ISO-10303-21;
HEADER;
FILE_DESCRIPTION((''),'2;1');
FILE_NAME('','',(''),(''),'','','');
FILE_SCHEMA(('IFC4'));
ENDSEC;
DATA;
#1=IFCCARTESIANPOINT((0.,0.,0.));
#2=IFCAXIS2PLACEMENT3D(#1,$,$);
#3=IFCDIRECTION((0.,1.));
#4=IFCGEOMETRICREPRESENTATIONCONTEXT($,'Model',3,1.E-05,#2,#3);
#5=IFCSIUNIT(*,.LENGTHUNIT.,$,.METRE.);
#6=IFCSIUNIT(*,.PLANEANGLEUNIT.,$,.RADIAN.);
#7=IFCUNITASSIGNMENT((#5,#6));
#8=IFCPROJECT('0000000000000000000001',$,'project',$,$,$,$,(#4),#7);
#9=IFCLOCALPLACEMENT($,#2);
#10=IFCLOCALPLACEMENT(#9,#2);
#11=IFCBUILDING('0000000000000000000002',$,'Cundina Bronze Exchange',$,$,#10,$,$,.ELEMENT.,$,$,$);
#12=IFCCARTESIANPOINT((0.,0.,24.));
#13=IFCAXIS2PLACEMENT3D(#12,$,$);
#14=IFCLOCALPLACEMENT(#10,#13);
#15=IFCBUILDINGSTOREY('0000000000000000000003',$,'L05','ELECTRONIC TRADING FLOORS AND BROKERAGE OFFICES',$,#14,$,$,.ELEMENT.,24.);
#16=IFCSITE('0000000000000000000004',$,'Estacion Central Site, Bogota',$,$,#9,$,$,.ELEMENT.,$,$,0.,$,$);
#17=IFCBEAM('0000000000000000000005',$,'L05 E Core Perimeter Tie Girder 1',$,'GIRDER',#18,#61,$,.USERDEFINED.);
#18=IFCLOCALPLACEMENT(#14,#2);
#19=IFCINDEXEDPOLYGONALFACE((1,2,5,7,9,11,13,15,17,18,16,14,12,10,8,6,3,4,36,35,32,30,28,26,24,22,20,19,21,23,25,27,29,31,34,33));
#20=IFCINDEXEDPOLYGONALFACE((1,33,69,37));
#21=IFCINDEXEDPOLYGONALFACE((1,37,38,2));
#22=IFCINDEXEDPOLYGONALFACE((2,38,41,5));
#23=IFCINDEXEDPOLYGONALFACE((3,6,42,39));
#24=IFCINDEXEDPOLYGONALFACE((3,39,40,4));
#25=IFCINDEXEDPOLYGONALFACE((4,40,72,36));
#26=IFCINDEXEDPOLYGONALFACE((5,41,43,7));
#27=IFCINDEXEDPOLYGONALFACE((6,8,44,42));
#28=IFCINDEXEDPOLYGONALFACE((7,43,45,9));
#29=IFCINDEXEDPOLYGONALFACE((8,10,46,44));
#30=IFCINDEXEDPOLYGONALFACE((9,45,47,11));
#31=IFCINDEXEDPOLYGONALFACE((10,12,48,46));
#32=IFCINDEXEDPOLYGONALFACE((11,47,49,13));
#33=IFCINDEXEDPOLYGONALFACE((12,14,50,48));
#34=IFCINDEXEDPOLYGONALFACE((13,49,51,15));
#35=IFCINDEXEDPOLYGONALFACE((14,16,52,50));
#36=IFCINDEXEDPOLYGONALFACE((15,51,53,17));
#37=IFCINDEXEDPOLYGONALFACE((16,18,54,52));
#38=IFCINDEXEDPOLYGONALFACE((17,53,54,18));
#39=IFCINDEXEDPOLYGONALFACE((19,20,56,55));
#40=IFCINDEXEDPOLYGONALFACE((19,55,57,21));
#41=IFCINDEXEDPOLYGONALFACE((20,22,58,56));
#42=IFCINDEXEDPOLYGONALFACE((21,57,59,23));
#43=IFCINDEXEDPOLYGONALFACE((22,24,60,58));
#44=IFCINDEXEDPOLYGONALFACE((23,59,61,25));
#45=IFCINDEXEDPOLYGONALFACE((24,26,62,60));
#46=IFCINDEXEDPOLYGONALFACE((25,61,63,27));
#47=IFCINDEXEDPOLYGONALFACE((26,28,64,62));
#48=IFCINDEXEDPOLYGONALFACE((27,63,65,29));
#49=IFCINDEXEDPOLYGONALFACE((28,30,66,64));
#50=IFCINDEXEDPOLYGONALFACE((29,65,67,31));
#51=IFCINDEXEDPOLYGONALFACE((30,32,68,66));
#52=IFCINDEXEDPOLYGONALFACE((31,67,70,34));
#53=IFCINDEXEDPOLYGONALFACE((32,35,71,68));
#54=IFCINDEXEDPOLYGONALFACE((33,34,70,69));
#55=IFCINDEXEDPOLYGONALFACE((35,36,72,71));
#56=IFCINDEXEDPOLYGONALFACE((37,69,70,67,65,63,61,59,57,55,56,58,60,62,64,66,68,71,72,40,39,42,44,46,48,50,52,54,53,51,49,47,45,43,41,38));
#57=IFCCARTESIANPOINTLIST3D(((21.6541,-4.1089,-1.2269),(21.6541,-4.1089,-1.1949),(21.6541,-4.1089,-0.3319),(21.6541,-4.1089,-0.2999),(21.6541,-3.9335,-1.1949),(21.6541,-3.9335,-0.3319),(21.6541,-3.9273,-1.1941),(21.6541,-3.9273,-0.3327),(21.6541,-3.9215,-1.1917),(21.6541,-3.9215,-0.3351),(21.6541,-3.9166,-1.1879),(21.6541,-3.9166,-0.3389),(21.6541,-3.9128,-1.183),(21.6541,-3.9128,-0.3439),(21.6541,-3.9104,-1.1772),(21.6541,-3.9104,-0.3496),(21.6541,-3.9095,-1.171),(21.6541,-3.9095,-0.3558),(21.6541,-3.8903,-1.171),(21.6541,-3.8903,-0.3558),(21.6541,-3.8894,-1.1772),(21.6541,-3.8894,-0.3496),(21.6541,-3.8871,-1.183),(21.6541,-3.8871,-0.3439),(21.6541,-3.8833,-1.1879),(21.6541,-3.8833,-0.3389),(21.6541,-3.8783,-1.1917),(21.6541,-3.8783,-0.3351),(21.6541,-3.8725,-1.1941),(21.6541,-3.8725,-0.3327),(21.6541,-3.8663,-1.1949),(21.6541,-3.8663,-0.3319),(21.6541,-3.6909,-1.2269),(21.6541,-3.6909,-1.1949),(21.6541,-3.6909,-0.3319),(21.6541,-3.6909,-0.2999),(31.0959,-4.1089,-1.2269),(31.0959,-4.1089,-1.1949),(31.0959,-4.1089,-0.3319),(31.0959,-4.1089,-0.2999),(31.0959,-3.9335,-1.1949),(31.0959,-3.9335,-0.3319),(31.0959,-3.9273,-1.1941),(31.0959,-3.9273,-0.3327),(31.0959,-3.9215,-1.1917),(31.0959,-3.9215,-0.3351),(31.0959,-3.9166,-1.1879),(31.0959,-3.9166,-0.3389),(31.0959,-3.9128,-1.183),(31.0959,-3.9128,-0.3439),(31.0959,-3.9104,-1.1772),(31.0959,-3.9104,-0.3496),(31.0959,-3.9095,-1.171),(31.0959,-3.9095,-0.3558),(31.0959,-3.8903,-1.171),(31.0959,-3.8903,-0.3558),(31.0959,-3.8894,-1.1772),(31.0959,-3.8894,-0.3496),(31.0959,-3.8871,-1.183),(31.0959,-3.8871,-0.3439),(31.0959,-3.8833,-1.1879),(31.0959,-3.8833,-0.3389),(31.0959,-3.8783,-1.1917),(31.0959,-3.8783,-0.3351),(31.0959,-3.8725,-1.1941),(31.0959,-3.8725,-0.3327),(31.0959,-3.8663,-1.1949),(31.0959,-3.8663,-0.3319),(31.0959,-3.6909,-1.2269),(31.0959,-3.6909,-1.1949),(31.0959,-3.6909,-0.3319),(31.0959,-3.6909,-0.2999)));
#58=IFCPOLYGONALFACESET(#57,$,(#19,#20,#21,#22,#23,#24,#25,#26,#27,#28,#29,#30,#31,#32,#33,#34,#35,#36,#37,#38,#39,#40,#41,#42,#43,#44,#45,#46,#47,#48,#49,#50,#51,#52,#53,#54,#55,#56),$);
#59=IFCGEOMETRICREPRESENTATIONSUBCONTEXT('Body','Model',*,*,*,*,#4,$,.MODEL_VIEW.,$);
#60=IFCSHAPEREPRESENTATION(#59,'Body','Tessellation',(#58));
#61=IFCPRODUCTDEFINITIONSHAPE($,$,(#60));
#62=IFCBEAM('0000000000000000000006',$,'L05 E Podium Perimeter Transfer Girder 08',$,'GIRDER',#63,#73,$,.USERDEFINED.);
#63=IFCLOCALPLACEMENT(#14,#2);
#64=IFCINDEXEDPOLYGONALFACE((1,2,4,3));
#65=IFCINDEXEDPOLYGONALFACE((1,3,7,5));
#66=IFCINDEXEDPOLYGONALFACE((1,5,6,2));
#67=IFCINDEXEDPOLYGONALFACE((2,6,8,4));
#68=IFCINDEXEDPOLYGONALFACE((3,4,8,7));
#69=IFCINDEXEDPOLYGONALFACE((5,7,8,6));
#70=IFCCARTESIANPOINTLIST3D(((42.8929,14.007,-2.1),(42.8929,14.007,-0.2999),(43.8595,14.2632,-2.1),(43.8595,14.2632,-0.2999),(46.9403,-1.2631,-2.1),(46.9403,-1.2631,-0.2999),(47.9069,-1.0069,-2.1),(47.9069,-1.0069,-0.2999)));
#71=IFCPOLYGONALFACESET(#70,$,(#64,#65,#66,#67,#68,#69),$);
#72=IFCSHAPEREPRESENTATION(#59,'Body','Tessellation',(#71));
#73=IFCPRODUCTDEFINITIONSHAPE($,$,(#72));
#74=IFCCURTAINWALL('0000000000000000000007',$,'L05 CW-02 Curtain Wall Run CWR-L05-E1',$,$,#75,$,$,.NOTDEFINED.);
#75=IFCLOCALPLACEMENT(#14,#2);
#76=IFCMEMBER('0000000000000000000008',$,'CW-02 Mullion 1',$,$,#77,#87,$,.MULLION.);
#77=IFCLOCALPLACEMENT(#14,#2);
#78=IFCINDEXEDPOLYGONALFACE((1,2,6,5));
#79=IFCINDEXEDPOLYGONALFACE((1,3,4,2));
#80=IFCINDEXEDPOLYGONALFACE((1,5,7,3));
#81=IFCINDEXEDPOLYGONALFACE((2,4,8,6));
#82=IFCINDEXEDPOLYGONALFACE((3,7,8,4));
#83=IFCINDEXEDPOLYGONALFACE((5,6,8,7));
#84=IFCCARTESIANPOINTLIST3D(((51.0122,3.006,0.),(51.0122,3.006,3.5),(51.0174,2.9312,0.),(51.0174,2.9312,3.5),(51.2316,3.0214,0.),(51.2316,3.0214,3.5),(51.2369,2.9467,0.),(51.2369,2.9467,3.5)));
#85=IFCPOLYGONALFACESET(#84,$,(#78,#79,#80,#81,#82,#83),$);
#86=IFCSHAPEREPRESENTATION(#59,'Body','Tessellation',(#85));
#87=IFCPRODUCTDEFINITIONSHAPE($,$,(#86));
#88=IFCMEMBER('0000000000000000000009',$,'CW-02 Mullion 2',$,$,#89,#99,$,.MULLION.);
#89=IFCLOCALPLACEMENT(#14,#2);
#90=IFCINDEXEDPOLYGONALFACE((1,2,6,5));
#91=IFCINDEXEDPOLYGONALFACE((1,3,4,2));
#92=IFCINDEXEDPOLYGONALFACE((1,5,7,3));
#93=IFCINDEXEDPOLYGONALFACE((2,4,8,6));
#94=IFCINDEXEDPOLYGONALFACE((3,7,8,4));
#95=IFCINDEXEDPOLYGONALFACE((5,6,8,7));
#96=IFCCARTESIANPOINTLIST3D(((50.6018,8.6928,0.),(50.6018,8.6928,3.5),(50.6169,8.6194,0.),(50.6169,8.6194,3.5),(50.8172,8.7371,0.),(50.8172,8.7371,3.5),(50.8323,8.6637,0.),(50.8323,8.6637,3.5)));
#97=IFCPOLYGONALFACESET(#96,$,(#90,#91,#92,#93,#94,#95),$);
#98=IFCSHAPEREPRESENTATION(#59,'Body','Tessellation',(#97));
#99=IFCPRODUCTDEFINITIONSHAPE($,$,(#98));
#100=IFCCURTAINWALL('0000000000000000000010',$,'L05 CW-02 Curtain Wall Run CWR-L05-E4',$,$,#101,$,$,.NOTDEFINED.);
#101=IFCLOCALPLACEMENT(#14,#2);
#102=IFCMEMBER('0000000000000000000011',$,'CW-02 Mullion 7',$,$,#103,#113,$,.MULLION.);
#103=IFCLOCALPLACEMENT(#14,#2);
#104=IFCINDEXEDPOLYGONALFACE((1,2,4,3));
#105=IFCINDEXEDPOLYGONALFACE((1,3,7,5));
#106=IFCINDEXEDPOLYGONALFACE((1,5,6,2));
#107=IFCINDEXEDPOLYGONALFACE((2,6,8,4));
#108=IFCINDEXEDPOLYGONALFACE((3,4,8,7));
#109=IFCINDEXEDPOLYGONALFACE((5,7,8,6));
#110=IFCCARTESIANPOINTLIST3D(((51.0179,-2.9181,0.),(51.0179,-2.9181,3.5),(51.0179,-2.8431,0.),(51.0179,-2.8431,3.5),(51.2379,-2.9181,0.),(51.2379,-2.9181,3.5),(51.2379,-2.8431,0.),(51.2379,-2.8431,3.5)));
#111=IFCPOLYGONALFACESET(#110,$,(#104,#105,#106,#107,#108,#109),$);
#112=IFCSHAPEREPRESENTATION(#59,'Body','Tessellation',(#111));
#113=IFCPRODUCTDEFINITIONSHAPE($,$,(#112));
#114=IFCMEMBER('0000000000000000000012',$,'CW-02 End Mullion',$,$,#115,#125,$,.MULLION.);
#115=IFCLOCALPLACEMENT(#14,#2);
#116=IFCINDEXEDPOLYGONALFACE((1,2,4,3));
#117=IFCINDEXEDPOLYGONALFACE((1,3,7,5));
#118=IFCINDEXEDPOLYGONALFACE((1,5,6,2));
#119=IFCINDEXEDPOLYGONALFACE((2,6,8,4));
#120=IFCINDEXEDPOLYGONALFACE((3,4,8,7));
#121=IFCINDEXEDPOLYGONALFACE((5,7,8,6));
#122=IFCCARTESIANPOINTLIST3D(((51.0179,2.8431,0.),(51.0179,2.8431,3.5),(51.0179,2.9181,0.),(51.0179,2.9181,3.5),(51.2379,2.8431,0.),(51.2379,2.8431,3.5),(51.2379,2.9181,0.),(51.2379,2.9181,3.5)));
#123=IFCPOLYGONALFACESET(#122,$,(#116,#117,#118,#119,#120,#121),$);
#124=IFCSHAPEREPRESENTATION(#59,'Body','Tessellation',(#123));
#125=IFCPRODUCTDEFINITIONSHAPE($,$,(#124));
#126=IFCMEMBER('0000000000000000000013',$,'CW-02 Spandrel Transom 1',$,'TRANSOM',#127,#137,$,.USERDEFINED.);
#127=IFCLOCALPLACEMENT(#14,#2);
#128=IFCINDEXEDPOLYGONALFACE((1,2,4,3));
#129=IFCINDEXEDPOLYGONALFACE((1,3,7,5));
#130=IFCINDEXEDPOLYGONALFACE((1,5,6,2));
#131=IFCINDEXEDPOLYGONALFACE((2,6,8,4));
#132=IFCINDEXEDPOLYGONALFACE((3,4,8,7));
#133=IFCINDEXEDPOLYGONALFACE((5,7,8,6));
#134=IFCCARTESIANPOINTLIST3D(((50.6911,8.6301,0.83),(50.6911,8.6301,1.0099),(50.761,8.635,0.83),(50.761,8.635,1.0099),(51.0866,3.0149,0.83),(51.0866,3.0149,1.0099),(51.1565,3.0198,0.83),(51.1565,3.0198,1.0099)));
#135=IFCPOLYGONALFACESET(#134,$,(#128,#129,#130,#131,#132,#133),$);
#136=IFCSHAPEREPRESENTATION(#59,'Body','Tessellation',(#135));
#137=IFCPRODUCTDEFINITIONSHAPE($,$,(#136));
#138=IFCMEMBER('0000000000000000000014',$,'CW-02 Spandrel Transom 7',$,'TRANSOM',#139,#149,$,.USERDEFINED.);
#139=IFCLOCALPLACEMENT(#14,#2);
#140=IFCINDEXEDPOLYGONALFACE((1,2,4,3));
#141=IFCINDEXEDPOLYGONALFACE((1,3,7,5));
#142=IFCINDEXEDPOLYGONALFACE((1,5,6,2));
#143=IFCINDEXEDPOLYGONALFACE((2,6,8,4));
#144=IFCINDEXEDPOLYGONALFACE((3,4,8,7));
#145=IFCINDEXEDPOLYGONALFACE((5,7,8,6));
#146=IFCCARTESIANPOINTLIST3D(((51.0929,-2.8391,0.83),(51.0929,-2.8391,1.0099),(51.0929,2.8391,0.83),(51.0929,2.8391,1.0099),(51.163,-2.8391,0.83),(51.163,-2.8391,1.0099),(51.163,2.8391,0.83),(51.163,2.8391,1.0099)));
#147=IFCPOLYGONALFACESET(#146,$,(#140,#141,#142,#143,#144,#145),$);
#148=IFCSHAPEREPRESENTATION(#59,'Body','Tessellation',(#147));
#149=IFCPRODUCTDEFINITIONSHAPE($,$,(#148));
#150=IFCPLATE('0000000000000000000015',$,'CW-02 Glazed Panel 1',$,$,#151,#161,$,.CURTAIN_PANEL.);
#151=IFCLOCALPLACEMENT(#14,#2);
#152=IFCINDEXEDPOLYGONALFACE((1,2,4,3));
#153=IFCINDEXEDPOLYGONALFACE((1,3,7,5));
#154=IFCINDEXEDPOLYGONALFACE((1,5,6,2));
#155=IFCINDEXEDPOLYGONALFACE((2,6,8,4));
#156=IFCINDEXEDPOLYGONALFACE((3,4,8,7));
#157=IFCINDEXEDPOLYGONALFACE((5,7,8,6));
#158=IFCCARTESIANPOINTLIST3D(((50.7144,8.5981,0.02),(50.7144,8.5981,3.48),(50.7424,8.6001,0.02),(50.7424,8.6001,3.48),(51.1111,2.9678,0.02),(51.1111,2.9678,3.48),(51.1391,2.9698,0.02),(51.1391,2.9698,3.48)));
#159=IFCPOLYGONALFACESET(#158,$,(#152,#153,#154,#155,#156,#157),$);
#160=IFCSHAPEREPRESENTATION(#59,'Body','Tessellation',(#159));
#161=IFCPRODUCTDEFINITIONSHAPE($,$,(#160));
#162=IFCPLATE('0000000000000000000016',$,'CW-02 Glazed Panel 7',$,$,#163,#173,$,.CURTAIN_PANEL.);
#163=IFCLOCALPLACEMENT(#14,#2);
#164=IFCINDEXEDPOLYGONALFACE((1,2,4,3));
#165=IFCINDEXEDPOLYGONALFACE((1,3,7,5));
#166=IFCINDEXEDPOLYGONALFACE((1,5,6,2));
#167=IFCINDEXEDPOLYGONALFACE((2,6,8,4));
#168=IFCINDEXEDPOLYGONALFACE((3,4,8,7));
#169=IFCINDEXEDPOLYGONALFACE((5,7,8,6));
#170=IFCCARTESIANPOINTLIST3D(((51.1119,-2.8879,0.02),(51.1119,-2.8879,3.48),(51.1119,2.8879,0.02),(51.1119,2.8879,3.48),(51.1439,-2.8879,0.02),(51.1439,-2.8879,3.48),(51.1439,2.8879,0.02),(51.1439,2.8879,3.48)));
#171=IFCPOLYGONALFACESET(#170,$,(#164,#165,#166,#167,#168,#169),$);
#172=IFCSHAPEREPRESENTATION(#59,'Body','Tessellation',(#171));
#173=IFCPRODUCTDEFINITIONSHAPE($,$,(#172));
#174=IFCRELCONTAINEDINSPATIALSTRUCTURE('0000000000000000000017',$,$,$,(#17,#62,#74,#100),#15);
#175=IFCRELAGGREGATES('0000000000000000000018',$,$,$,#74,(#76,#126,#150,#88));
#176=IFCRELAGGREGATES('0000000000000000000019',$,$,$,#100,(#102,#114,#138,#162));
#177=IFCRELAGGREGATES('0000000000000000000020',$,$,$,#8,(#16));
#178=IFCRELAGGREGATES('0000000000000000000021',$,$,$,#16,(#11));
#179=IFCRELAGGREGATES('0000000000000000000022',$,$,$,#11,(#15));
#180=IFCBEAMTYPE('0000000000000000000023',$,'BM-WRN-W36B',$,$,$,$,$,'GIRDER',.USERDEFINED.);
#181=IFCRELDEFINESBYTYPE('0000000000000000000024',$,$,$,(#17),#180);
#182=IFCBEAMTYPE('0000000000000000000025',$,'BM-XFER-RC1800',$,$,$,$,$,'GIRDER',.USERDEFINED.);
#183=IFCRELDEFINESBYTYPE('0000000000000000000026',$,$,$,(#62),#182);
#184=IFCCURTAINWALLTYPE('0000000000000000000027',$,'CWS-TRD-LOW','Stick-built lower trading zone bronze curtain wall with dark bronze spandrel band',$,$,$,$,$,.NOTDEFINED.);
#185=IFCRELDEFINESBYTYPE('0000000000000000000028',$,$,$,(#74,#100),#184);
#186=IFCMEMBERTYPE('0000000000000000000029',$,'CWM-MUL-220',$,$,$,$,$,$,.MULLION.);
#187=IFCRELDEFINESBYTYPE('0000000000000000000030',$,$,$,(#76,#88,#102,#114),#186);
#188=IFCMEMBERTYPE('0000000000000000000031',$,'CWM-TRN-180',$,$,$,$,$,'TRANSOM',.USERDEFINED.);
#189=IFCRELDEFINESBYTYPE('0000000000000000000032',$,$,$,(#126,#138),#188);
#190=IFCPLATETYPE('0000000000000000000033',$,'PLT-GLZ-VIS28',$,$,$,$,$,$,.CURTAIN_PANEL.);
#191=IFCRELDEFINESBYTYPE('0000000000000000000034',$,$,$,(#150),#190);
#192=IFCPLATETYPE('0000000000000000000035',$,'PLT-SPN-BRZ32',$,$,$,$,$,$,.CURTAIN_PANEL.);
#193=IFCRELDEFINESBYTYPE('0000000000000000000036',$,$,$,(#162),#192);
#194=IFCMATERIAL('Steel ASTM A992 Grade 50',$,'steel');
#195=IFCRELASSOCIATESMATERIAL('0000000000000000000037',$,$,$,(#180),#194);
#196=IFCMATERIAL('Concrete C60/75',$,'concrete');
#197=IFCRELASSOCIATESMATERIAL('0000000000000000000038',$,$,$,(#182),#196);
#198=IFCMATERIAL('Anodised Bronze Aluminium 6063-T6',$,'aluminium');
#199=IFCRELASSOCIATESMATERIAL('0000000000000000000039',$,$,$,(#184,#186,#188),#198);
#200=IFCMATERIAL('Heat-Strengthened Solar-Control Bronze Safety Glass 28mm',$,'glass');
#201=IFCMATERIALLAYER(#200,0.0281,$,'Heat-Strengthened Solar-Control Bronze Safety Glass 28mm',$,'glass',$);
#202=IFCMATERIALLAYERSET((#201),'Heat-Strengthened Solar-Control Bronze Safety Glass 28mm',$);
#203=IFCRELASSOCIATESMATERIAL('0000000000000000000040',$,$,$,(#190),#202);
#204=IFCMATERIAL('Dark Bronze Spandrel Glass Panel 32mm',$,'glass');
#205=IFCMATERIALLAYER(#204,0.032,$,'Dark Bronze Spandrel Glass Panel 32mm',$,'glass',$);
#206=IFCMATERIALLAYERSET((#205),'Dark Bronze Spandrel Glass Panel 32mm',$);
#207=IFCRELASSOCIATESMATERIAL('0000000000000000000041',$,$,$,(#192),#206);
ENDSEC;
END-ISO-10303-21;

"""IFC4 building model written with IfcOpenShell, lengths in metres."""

from ifc_helpers import new_model, si_unit, direction, frame, origin, origin_2d, place, context, subcontext, project, spatial, rectangle, i_section, extrude, material, layer, layer_set, material_profile, profile_set, type_object, element, aggregate, save


model = new_model("IFC4")

# Units and contexts
model_context = context("Model", 3, precision=1e-05, world=origin(), true_north=direction((0.0, 1.0)))
body_context = subcontext(model_context, "Body", "Model", "MODEL_VIEW")
ifc_project = project(units=[si_unit("LENGTHUNIT", "METRE"), si_unit("PLANEANGLEUNIT", "RADIAN")], contexts=[model_context])

# Site, building, storey
site_placement = place(None, origin())
site = spatial("IfcSite", under=ifc_project, at=site_placement, Name="Estacion Central Site, Bogota", CompositionType="ELEMENT", RefElevation=0.0)
building_placement = place(site_placement, origin())
building = spatial("IfcBuilding", under=site, at=building_placement, Name="Cundina Bronze Exchange", CompositionType="ELEMENT")
storey_placement = place(building_placement, frame((0.0, 0.0, 24.0)))
storey = spatial("IfcBuildingStorey", under=building, at=storey_placement, Name="L05", Description="ELECTRONIC TRADING FLOORS AND BROKERAGE OFFICES", CompositionType="ELEMENT", Elevation=24.0)

# Shared definitions
ifc_material_1 = material(Name="Steel ASTM A992 Grade 50", Category="steel")
ifc_material_2 = material(Name="Concrete C60/75", Category="concrete")

# Beams
ifc_material_profile_1 = material_profile(ifc_material_1, i_section(OverallWidth=0.418, OverallDepth=0.927, WebThickness=0.0193, FlangeThickness=0.032, FilletRadius=0.0239, at=origin_2d()), Name="W36X231", Category="steel")
ifc_profile_set_1 = profile_set([ifc_material_profile_1], Name="Steel ASTM A992 Grade 50")
beam_type_1 = type_object("IfcBeamType", Name="BM-WRN-W36B", ElementType="GIRDER", PredefinedType="USERDEFINED", material=ifc_profile_set_1)
beam_1_placement = place(storey_placement, frame((31.0959, -3.8999, -0.7634), z_axis=(-1.0, 0.0, 0.0), x_axis=(0.0, -1.0, 0.0)))
element("IfcBeam", 1, at=beam_1_placement, inside=storey, type_object=beam_type_1, Name="L05 E Core Perimeter Tie Girder 1", ObjectType="GIRDER", PredefinedType="USERDEFINED", context=body_context, shape_type="SweptSolid", body=[
    extrude(i_section(OverallWidth=0.418, OverallDepth=0.927, WebThickness=0.0193, FlangeThickness=0.032, FilletRadius=0.0239, at=origin_2d()), origin(), (0.0, 0.0, 1.0), 9.4419),
])
ifc_material_profile_2 = material_profile(ifc_material_2, rectangle(XDim=1.0, YDim=1.8, at=origin_2d()), Name="RC1000X1800", Category="concrete")
ifc_profile_set_2 = profile_set([ifc_material_profile_2], Name="Concrete C60/75")
beam_type_2 = type_object("IfcBeamType", Name="BM-XFER-RC1800", ElementType="GIRDER", PredefinedType="USERDEFINED", material=ifc_profile_set_2)
beam_2_placement = place(storey_placement, frame((47.4236, -1.135, -1.2), z_axis=(-0.256206, 0.966622, 0.0), x_axis=(-0.966622, -0.256206, 0.0)))
element("IfcBeam", 2, at=beam_2_placement, inside=storey, type_object=beam_type_2, Name="L05 E Podium Perimeter Transfer Girder 08", ObjectType="GIRDER", PredefinedType="USERDEFINED", context=body_context, shape_type="SweptSolid", body=[
    extrude(rectangle(XDim=1.0, YDim=1.8, at=origin_2d()), origin(), (0.0, 0.0, 1.0), 15.7974),
])

# Curtain walls, members
ifc_material_3 = material(Name="Anodised Bronze Aluminium 6063-T6", Category="aluminium")
curtain_wall_type = type_object("IfcCurtainWallType", Name="CWS-TRD-LOW", Description="Stick-built lower trading zone bronze curtain wall with dark bronze spandrel band", PredefinedType="NOTDEFINED", material=ifc_material_3)
curtain_wall_1_placement = place(storey_placement, origin())
curtain_wall_1 = element("IfcCurtainWall", 3, at=curtain_wall_1_placement, inside=storey, type_object=curtain_wall_type, Name="L05 CW-02 Curtain Wall Run CWR-L05-E1", PredefinedType="NOTDEFINED")
ifc_material_profile_3 = material_profile(ifc_material_3, rectangle(XDim=0.075, YDim=0.22, at=origin_2d()), Name="AL75X220", Category="aluminium")
ifc_profile_set_3 = profile_set([ifc_material_profile_3], Name="Anodised Bronze Aluminium 6063-T6")
member_type_1 = type_object("IfcMemberType", Name="CWM-MUL-220", PredefinedType="MULLION", material=ifc_profile_set_3)
member_1_placement = place(storey_placement, frame((51.1245, 2.9763, 0.0), z_axis=(0.0, 0.0, 1.0), x_axis=(-0.070279, 0.997527, 0.0)))
member_1 = element("IfcMember", 4, at=member_1_placement, type_object=member_type_1, Name="CW-02 Mullion 1", PredefinedType="MULLION", context=body_context, shape_type="SweptSolid", body=[
    extrude(rectangle(XDim=0.075, YDim=0.22, at=origin_2d()), origin(), (0.0, 0.0, 1.0), 3.5),
])
member_2_placement = place(storey_placement, frame((50.717, 8.6782, 0.0), z_axis=(0.0, 0.0, 1.0), x_axis=(-0.20142, 0.979505, 0.0)))
member_2 = element("IfcMember", 5, at=member_2_placement, type_object=member_type_1, Name="CW-02 Mullion 2", PredefinedType="MULLION", context=body_context, shape_type="SweptSolid", body=[
    extrude(rectangle(XDim=0.075, YDim=0.22, at=origin_2d()), origin(), (0.0, 0.0, 1.0), 3.5),
])
curtain_wall_2_placement = place(storey_placement, origin())
curtain_wall_2 = element("IfcCurtainWall", 6, at=curtain_wall_2_placement, inside=storey, type_object=curtain_wall_type, Name="L05 CW-02 Curtain Wall Run CWR-L05-E4", PredefinedType="NOTDEFINED")
member_3_placement = place(storey_placement, frame((51.1279, -2.8806, 0.0), z_axis=(0.0, 0.0, 1.0), x_axis=(0.0, 1.0, 0.0)))
member_3 = element("IfcMember", 7, at=member_3_placement, type_object=member_type_1, Name="CW-02 Mullion 7", PredefinedType="MULLION", context=body_context, shape_type="SweptSolid", body=[
    extrude(rectangle(XDim=0.075, YDim=0.22, at=origin_2d()), origin(), (0.0, 0.0, 1.0), 3.5),
])
member_4_placement = place(storey_placement, frame((51.1279, 2.8806, 0.0), z_axis=(0.0, 0.0, 1.0), x_axis=(0.0, 1.0, 0.0)))
member_4 = element("IfcMember", 8, at=member_4_placement, type_object=member_type_1, Name="CW-02 End Mullion", PredefinedType="MULLION", context=body_context, shape_type="SweptSolid", body=[
    extrude(rectangle(XDim=0.075, YDim=0.22, at=origin_2d()), origin(), (0.0, 0.0, 1.0), 3.5),
])

# Members
ifc_material_profile_4 = material_profile(ifc_material_3, rectangle(XDim=0.0701, YDim=0.1799, at=origin_2d()), Name="AL70X180", Category="aluminium")
ifc_profile_set_4 = profile_set([ifc_material_profile_4], Name="Anodised Bronze Aluminium 6063-T6")
member_type_2 = type_object("IfcMemberType", Name="CWM-TRN-180", ElementType="TRANSOM", PredefinedType="USERDEFINED", material=ifc_profile_set_4)
member_5_placement = place(storey_placement, frame((51.1216, 3.0173, 0.9199), z_axis=(-0.070261, 0.997529, 0.0), x_axis=(-0.997529, -0.070261, 0.0)))
member_5 = element("IfcMember", 9, at=member_5_placement, type_object=member_type_2, Name="CW-02 Spandrel Transom 1", ObjectType="TRANSOM", PredefinedType="USERDEFINED", context=body_context, shape_type="SweptSolid", body=[
    extrude(rectangle(XDim=0.0701, YDim=0.1799, at=origin_2d()), origin(), (0.0, 0.0, 1.0), 5.6292),
])
member_6_placement = place(storey_placement, frame((51.1279, -2.8391, 0.9199), z_axis=(0.0, 1.0, 0.0), x_axis=(-1.0, 0.0, 0.0)))
member_6 = element("IfcMember", 10, at=member_6_placement, type_object=member_type_2, Name="CW-02 Spandrel Transom 7", ObjectType="TRANSOM", PredefinedType="USERDEFINED", context=body_context, shape_type="SweptSolid", body=[
    extrude(rectangle(XDim=0.0701, YDim=0.1799, at=origin_2d()), origin(), (0.0, 0.0, 1.0), 5.6782),
])

# Plates
ifc_material_4 = material(Name="Heat-Strengthened Solar-Control Bronze Safety Glass 28mm", Category="glass")
ifc_layer_1 = layer(ifc_material_4, 0.0281, Name="Heat-Strengthened Solar-Control Bronze Safety Glass 28mm", Category="glass")
ifc_layer_set_1 = layer_set([ifc_layer_1], Name="Heat-Strengthened Solar-Control Bronze Safety Glass 28mm")
plate_type_1 = type_object("IfcPlateType", Name="PLT-GLZ-VIS28", PredefinedType="CURTAIN_PANEL", material=ifc_layer_set_1)
plate_1_placement = place(storey_placement, frame((50.9268, 5.7839, 0.02), z_axis=(0.0, 0.0, 1.0), x_axis=(-0.070279, 0.997527, 0.0)))
plate_1 = element("IfcPlate", 11, at=plate_1_placement, type_object=plate_type_1, Name="CW-02 Glazed Panel 1", PredefinedType="CURTAIN_PANEL", context=body_context, shape_type="SweptSolid", body=[
    extrude(rectangle(XDim=5.6443, YDim=0.0281, at=origin_2d()), origin(), (0.0, 0.0, 1.0), 3.46),
])
aggregate(curtain_wall_1, [member_1, member_5, plate_1, member_2])
ifc_material_5 = material(Name="Dark Bronze Spandrel Glass Panel 32mm", Category="glass")
ifc_layer_2 = layer(ifc_material_5, 0.032, Name="Dark Bronze Spandrel Glass Panel 32mm", Category="glass")
ifc_layer_set_2 = layer_set([ifc_layer_2], Name="Dark Bronze Spandrel Glass Panel 32mm")
plate_type_2 = type_object("IfcPlateType", Name="PLT-SPN-BRZ32", PredefinedType="CURTAIN_PANEL", material=ifc_layer_set_2)
plate_2_placement = place(storey_placement, frame((51.1279, 0.0, 0.02), z_axis=(0.0, 0.0, 1.0), x_axis=(0.0, 1.0, 0.0)))
plate_2 = element("IfcPlate", 12, at=plate_2_placement, type_object=plate_type_2, Name="CW-02 Glazed Panel 7", PredefinedType="CURTAIN_PANEL", context=body_context, shape_type="SweptSolid", body=[
    extrude(rectangle(XDim=5.7759, YDim=0.032, at=origin_2d()), origin(), (0.0, 0.0, 1.0), 3.46),
])
aggregate(curtain_wall_2, [member_3, member_4, member_6, plate_2])

save(model, "model.ifc")
